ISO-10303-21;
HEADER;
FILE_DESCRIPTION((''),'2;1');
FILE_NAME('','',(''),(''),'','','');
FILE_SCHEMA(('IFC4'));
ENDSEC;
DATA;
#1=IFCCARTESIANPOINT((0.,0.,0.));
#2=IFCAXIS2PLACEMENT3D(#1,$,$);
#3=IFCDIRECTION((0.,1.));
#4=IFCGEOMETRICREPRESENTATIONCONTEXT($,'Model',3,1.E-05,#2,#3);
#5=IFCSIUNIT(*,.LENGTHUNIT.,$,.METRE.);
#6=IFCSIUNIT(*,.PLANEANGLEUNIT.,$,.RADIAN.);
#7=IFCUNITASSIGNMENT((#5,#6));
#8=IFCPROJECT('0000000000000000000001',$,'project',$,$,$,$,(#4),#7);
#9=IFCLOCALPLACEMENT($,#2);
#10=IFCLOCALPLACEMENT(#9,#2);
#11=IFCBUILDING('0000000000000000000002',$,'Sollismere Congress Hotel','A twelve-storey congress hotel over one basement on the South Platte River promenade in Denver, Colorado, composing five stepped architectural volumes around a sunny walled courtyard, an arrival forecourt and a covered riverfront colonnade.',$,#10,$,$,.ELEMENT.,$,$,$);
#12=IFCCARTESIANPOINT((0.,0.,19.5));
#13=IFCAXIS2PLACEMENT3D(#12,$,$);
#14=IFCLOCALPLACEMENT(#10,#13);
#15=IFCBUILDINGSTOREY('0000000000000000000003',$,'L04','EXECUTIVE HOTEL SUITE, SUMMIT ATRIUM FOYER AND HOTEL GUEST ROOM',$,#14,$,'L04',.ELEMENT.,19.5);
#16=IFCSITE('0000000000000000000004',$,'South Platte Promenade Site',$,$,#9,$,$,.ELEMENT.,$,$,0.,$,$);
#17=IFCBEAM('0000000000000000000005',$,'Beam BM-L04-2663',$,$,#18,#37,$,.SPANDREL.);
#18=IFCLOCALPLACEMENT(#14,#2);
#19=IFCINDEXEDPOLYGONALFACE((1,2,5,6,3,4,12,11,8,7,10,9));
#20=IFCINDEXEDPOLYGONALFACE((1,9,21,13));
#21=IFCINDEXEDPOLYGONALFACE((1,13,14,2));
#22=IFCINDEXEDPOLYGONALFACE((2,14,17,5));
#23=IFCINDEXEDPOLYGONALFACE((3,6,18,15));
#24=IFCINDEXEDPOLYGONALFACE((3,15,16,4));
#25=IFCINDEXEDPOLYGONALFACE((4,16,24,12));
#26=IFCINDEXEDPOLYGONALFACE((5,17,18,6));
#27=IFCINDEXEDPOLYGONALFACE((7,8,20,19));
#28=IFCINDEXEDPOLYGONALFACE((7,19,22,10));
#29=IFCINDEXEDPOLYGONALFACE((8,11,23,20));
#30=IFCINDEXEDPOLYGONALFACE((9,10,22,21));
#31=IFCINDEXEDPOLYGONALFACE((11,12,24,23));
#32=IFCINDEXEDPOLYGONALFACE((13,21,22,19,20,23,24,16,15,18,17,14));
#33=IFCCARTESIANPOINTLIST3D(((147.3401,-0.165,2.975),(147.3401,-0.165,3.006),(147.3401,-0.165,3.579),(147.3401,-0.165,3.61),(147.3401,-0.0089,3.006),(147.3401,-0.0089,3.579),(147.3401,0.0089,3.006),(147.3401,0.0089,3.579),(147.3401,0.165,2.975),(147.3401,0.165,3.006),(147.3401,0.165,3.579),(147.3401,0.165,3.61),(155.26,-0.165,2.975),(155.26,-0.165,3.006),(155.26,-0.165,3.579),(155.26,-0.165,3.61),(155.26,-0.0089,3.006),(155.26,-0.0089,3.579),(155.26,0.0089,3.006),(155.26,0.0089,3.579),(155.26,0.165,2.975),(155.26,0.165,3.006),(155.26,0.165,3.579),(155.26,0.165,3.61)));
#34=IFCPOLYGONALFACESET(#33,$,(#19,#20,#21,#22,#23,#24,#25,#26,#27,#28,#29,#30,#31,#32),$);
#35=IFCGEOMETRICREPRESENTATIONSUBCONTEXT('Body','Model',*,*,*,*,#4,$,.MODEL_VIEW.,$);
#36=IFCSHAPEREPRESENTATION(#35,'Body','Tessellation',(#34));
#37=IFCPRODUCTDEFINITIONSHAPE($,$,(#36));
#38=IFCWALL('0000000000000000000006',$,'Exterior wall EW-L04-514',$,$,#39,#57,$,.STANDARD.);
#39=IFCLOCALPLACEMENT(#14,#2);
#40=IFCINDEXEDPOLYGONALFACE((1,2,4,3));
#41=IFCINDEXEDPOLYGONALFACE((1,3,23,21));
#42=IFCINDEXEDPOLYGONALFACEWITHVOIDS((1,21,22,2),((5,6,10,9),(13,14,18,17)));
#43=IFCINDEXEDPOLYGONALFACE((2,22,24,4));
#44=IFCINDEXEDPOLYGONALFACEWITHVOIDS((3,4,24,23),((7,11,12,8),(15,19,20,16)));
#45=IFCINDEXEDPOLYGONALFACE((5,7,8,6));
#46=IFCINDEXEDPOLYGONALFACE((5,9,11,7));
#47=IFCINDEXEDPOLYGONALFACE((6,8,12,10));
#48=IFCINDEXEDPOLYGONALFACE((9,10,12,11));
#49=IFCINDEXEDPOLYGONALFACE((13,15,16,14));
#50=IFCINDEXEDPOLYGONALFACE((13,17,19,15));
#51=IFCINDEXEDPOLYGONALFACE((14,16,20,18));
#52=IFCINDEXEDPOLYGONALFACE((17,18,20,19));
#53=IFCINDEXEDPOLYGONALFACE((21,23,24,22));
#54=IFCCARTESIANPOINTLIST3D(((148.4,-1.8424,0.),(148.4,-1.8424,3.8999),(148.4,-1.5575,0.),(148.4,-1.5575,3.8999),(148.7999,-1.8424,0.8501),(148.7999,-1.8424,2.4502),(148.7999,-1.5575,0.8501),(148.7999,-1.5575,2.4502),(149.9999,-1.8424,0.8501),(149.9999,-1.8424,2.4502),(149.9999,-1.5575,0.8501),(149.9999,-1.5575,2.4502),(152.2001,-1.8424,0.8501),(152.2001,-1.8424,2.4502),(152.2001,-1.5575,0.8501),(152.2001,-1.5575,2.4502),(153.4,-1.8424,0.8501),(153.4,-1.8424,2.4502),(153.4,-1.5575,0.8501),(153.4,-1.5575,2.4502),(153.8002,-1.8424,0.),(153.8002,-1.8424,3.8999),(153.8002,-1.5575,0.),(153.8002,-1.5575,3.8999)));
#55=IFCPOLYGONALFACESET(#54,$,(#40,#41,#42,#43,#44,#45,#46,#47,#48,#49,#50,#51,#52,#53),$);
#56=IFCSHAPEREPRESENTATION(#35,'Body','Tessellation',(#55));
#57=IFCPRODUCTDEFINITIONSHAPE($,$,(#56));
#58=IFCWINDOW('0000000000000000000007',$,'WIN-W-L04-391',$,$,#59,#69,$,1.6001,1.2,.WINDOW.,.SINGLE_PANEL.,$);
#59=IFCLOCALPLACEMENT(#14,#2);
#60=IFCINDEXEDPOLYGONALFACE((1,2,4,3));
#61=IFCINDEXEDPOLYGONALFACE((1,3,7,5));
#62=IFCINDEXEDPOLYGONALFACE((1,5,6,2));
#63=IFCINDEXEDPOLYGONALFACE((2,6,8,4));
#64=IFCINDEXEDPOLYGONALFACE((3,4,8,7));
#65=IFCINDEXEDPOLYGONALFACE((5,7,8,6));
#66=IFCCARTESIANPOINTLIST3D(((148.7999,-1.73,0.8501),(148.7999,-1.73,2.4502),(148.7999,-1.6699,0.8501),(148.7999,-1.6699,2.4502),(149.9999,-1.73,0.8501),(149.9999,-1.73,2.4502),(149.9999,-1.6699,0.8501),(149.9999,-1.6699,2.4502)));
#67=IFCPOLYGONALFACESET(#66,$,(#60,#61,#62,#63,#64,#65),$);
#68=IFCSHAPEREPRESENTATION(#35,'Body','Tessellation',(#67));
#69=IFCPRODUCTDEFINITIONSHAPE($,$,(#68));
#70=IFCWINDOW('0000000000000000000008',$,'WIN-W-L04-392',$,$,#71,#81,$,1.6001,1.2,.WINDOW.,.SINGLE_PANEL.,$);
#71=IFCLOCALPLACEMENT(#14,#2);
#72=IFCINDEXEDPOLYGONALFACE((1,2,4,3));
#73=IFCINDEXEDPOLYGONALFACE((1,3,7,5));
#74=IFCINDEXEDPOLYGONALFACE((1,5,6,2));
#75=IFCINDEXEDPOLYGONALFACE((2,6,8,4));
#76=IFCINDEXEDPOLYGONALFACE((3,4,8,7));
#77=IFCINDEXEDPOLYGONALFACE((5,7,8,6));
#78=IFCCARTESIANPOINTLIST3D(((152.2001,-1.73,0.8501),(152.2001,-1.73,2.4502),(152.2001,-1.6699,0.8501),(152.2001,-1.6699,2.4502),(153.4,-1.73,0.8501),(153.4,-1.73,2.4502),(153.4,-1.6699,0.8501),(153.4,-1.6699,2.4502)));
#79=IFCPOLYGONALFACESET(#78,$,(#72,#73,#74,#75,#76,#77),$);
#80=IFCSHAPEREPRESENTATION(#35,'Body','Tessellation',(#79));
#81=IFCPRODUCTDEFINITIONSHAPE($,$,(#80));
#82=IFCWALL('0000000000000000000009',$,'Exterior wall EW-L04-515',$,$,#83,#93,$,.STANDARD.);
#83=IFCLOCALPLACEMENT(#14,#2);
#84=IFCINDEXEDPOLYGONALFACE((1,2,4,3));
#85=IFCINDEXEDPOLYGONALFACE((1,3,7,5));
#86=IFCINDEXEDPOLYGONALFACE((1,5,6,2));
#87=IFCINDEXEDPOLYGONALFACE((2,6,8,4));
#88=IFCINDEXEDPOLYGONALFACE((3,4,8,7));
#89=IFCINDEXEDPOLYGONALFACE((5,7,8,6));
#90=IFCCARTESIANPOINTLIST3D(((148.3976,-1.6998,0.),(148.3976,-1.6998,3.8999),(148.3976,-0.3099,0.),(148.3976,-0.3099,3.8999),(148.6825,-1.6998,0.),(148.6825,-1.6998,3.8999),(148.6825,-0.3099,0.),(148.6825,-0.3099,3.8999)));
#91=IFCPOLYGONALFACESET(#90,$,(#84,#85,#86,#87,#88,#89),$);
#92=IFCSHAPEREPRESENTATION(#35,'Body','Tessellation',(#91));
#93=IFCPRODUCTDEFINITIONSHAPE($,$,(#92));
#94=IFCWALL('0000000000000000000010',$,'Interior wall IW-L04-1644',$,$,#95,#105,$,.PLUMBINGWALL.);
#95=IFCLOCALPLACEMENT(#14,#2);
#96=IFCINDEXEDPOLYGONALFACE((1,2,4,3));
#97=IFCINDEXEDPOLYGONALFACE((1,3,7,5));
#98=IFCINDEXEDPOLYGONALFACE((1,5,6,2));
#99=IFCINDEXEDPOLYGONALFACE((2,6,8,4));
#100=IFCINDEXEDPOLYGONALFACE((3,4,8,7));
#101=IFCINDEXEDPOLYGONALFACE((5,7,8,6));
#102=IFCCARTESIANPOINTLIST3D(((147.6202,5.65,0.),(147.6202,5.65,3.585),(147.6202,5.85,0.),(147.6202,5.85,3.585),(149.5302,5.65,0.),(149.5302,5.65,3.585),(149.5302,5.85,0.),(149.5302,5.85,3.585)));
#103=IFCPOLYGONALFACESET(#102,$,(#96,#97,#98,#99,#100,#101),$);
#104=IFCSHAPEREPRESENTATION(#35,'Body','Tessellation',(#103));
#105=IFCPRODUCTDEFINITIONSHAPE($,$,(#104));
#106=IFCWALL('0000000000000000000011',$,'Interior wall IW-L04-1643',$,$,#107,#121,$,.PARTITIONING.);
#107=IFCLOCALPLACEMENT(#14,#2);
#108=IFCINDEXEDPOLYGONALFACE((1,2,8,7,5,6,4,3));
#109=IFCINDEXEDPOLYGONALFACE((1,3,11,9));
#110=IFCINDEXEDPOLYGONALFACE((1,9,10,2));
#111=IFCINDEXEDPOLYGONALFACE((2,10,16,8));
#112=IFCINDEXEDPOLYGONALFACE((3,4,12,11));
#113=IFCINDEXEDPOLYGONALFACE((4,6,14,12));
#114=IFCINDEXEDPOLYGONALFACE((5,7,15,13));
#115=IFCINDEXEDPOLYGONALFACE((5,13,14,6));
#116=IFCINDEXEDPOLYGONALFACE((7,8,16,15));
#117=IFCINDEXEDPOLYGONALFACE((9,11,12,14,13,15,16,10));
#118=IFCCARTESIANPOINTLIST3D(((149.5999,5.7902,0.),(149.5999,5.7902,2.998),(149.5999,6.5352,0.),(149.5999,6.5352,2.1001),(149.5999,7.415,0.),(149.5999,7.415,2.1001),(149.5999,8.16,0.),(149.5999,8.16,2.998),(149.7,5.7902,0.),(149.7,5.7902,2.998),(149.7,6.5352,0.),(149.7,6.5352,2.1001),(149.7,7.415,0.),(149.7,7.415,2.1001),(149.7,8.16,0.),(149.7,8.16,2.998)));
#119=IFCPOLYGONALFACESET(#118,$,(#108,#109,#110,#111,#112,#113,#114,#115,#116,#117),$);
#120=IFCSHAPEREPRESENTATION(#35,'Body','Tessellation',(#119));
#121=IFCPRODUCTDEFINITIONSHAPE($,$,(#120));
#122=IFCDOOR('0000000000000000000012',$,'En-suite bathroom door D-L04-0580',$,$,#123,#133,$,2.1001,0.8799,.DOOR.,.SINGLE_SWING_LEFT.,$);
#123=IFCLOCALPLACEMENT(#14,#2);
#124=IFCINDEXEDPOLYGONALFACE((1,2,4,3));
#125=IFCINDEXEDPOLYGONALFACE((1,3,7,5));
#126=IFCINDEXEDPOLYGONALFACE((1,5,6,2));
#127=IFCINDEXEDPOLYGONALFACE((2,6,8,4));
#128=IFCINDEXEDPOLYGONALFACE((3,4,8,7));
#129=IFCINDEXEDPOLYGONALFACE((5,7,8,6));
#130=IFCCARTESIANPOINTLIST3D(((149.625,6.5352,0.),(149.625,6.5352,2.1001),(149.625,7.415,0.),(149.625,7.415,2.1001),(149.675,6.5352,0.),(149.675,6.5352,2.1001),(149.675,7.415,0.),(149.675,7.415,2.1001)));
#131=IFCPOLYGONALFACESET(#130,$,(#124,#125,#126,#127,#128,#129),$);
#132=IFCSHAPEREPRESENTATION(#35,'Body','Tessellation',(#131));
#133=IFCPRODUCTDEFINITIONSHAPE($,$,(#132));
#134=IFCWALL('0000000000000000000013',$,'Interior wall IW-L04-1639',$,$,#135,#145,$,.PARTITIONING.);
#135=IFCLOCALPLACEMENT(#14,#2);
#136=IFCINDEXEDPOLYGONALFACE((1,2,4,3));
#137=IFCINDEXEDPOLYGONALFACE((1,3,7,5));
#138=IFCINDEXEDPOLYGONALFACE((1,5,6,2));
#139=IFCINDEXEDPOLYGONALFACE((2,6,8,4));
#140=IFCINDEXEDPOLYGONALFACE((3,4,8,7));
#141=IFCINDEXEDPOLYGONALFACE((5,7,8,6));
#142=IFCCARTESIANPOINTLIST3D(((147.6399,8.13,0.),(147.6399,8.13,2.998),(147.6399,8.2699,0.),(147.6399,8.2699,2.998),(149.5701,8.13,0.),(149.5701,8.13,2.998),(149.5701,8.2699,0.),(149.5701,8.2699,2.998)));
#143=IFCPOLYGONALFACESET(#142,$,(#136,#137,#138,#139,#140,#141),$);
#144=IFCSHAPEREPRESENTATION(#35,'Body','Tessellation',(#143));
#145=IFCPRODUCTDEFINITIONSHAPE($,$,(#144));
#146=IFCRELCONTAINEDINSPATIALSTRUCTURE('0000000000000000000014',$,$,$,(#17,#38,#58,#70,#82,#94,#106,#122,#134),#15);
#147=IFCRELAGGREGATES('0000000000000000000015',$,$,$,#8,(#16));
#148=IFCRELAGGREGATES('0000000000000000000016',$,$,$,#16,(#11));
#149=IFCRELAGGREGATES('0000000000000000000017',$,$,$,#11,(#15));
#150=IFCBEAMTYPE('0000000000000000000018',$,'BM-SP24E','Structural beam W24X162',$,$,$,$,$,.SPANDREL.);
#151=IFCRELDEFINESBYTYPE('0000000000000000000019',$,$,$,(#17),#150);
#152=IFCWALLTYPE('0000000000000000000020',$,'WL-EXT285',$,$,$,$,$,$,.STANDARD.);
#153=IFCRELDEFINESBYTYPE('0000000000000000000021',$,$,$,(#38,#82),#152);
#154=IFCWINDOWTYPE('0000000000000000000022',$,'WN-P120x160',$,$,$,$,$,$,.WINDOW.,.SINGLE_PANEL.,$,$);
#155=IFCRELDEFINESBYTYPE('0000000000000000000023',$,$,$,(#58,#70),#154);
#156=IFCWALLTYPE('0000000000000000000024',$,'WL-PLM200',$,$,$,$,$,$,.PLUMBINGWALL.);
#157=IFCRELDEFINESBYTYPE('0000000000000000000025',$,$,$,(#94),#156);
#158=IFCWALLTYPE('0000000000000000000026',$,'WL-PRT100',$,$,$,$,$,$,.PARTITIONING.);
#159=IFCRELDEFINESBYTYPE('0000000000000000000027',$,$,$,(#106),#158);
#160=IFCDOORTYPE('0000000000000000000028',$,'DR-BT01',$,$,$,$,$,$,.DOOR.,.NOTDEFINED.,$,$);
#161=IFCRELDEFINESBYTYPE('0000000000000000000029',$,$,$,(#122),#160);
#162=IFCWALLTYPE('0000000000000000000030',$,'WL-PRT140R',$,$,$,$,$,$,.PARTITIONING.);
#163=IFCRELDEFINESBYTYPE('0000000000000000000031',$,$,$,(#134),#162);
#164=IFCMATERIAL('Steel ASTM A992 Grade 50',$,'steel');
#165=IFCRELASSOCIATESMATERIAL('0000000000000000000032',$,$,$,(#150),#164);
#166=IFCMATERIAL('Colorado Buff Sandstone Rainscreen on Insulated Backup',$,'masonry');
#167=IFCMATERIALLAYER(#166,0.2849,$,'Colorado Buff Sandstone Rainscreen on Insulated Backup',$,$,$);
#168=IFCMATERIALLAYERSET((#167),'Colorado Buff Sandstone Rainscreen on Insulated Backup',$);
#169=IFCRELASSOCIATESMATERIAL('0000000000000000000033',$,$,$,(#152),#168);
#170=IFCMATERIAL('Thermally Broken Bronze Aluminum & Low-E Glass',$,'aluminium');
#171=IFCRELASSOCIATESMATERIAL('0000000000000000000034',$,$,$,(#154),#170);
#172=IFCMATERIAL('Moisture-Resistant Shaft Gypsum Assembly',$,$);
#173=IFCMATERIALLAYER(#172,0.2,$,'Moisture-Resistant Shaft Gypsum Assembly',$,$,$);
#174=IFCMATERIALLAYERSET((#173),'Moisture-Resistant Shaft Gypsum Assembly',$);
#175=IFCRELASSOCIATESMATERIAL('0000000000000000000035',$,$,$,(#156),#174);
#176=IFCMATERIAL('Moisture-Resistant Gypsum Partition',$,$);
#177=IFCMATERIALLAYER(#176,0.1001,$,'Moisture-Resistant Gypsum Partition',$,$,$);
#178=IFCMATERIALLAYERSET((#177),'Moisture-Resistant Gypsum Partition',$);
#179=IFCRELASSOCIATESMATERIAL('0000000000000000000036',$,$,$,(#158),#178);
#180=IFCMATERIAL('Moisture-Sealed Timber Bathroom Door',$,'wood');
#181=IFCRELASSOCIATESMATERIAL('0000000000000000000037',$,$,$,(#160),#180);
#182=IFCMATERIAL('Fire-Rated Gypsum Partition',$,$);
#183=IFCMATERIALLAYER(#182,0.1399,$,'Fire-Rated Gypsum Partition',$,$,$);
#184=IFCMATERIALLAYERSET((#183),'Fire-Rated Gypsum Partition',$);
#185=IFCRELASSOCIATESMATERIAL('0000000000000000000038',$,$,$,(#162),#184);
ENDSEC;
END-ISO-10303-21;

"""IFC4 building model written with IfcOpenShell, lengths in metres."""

from ifc_helpers import new_model, si_unit, direction, frame, frame_2d, origin, origin_2d, place, context, subcontext, project, spatial, rectangle, i_section, extrude, material, layer, layer_set, material_profile, profile_set, type_object, element, fill, save


model = new_model("IFC4")

# Units and contexts
model_context = context("Model", 3, precision=1e-05, world=origin(), true_north=direction((0.0, 1.0)))
body_context = subcontext(model_context, "Body", "Model", "MODEL_VIEW")
ifc_project = project(units=[si_unit("LENGTHUNIT", "METRE"), si_unit("PLANEANGLEUNIT", "RADIAN")], contexts=[model_context])

# Site, building, storey
site_placement = place(None, origin())
site = spatial("IfcSite", under=ifc_project, at=site_placement, Name="South Platte Promenade Site", CompositionType="ELEMENT", RefElevation=0.0)
building_placement = place(site_placement, origin())
building = spatial("IfcBuilding", under=site, at=building_placement, Name="Sollismere Congress Hotel", Description="A twelve-storey congress hotel over one basement on the South Platte River promenade in Denver, Colorado, composing five stepped architectural volumes around a sunny walled courtyard, an arrival forecourt and a covered riverfront colonnade.", CompositionType="ELEMENT")
storey_placement = place(building_placement, frame((0.0, 0.0, 19.5)))
storey = spatial("IfcBuildingStorey", under=building, at=storey_placement, Name="L04", Description="EXECUTIVE HOTEL SUITE, SUMMIT ATRIUM FOYER AND HOTEL GUEST ROOM", LongName="L04", CompositionType="ELEMENT", Elevation=19.5)

# Shared definitions
ifc_material_1 = material(Name="Steel ASTM A992 Grade 50", Category="steel")

# Beam
ifc_material_profile_1 = material_profile(ifc_material_1, i_section(OverallWidth=0.3301, OverallDepth=0.635, WebThickness=0.0178, FlangeThickness=0.031, at=origin_2d()), Name="W24X162")
ifc_profile_set_1 = profile_set([ifc_material_profile_1], Name="Steel ASTM A992 Grade 50")
beam_type_1 = type_object("IfcBeamType", Name="BM-SP24E", Description="Structural beam W24X162", PredefinedType="SPANDREL", material=ifc_profile_set_1)
beam_1_placement = place(storey_placement, frame((147.3401, 0.0, 3.2925), z_axis=(1.0, 0.0, 0.0), x_axis=(0.0, 1.0, 0.0)))
element("IfcBeam", 1, at=beam_1_placement, inside=storey, type_object=beam_type_1, Name="Beam BM-L04-2663", PredefinedType="SPANDREL", context=body_context, shape_type="SweptSolid", body=[
    extrude(i_section(OverallWidth=0.3301, OverallDepth=0.635, WebThickness=0.0178, FlangeThickness=0.031, at=origin_2d()), origin(), (0.0, 0.0, 1.0), 7.9199),
])

# Wall, openings, windows
ifc_material_2 = material(Name="Colorado Buff Sandstone Rainscreen on Insulated Backup", Category="masonry")
ifc_layer_1 = layer(ifc_material_2, 0.2849, Name="Colorado Buff Sandstone Rainscreen on Insulated Backup")
ifc_layer_set_1 = layer_set([ifc_layer_1], Name="Colorado Buff Sandstone Rainscreen on Insulated Backup")
wall_type_1 = type_object("IfcWallType", Name="WL-EXT285", PredefinedType="STANDARD", material=ifc_layer_set_1)
wall_1_placement = place(storey_placement, frame((148.3999, -1.7, 0.0), z_axis=(0.0, 0.0, 1.0), x_axis=(1.0, 0.0, 0.0)))
wall_1 = element("IfcWall", 2, at=wall_1_placement, inside=storey, type_object=wall_type_1, Name="Exterior wall EW-L04-514", PredefinedType="STANDARD", context=body_context, shape_type="SweptSolid", body=[
    extrude(rectangle(XDim=5.4001, YDim=0.2849, at=frame_2d((2.7002, 0.0))), origin(), (0.0, 0.0, 1.0), 3.8999),
])
opening_1_placement = place(wall_1_placement, frame((0.3999, 0.0, 0.8501)))
opening_1 = element("IfcOpeningElement", 3, at=opening_1_placement, cuts=wall_1, PredefinedType="OPENING", context=body_context, shape_type="SweptSolid", body=[
    extrude(rectangle(XDim=1.2, YDim=1.6001, at=frame_2d((0.6001, 0.8))), frame((0.0, 0.1523, 0.0), z_axis=(0.0, -1.0, 0.0), x_axis=(1.0, 0.0, 0.0)), (0.0, 0.0, 1.0), 0.3049),
])
opening_2_placement = place(wall_1_placement, frame((3.8, 0.0, 0.8501)))
opening_2 = element("IfcOpeningElement", 4, at=opening_2_placement, cuts=wall_1, PredefinedType="OPENING", context=body_context, shape_type="SweptSolid", body=[
    extrude(rectangle(XDim=1.2, YDim=1.6001, at=frame_2d((0.6001, 0.8))), frame((0.0, 0.1523, 0.0), z_axis=(0.0, -1.0, 0.0), x_axis=(1.0, 0.0, 0.0)), (0.0, 0.0, 1.0), 0.3049),
])
ifc_material_3 = material(Name="Thermally Broken Bronze Aluminum & Low-E Glass", Category="aluminium")
window_type = type_object("IfcWindowType", Name="WN-P120x160", PartitioningType="SINGLE_PANEL", PredefinedType="WINDOW", material=ifc_material_3)
window_1_placement = place(opening_1_placement, origin())
window_1 = element("IfcWindow", 5, at=window_1_placement, inside=storey, type_object=window_type, Name="WIN-W-L04-391", OverallHeight=1.6001, OverallWidth=1.2, PartitioningType="SINGLE_PANEL", PredefinedType="WINDOW", context=body_context, shape_type="SweptSolid", body=[
    extrude(rectangle(XDim=1.2, YDim=1.6001, at=frame_2d((0.6001, 0.8))), frame((0.0, 0.03, 0.0), z_axis=(0.0, -1.0, 0.0), x_axis=(1.0, 0.0, 0.0)), (0.0, 0.0, 1.0), 0.0601),
])
fill(opening_1, window_1)
window_2_placement = place(opening_2_placement, origin())
window_2 = element("IfcWindow", 6, at=window_2_placement, inside=storey, type_object=window_type, Name="WIN-W-L04-392", OverallHeight=1.6001, OverallWidth=1.2, PartitioningType="SINGLE_PANEL", PredefinedType="WINDOW", context=body_context, shape_type="SweptSolid", body=[
    extrude(rectangle(XDim=1.2, YDim=1.6001, at=frame_2d((0.6001, 0.8))), frame((0.0, 0.03, 0.0), z_axis=(0.0, -1.0, 0.0), x_axis=(1.0, 0.0, 0.0)), (0.0, 0.0, 1.0), 0.0601),
])
fill(opening_2, window_2)

# Walls
wall_2_placement = place(storey_placement, frame((148.54, -0.3101, 0.0), z_axis=(0.0, 0.0, 1.0), x_axis=(0.0, -1.0, 0.0)))
element("IfcWall", 7, at=wall_2_placement, inside=storey, type_object=wall_type_1, Name="Exterior wall EW-L04-515", PredefinedType="STANDARD", context=body_context, shape_type="SweptSolid", body=[
    extrude(rectangle(XDim=1.3899, YDim=0.2849, at=frame_2d((0.6948, 0.0))), origin(), (0.0, 0.0, 1.0), 3.8999),
])
ifc_material_4 = material(Name="Moisture-Resistant Shaft Gypsum Assembly")
ifc_layer_2 = layer(ifc_material_4, 0.2, Name="Moisture-Resistant Shaft Gypsum Assembly")
ifc_layer_set_2 = layer_set([ifc_layer_2], Name="Moisture-Resistant Shaft Gypsum Assembly")
wall_type_2 = type_object("IfcWallType", Name="WL-PLM200", PredefinedType="PLUMBINGWALL", material=ifc_layer_set_2)
wall_3_placement = place(storey_placement, frame((147.6201, 5.75, 0.0), z_axis=(0.0, 0.0, 1.0), x_axis=(1.0, 0.0, 0.0)))
element("IfcWall", 8, at=wall_3_placement, inside=storey, type_object=wall_type_2, Name="Interior wall IW-L04-1644", PredefinedType="PLUMBINGWALL", context=body_context, shape_type="SweptSolid", body=[
    extrude(rectangle(XDim=1.9099, YDim=0.2, at=frame_2d((0.9551, 0.0))), origin(), (0.0, 0.0, 1.0), 3.585),
])

# Wall, opening, door
ifc_material_5 = material(Name="Moisture-Resistant Gypsum Partition")
ifc_layer_3 = layer(ifc_material_5, 0.1001, Name="Moisture-Resistant Gypsum Partition")
ifc_layer_set_3 = layer_set([ifc_layer_3], Name="Moisture-Resistant Gypsum Partition")
wall_type_3 = type_object("IfcWallType", Name="WL-PRT100", PredefinedType="PARTITIONING", material=ifc_layer_set_3)
wall_4_placement = place(storey_placement, frame((149.6499, 5.79, 0.0), z_axis=(0.0, 0.0, 1.0), x_axis=(0.0, 1.0, 0.0)))
wall_4 = element("IfcWall", 9, at=wall_4_placement, inside=storey, type_object=wall_type_3, Name="Interior wall IW-L04-1643", PredefinedType="PARTITIONING", context=body_context, shape_type="SweptSolid", body=[
    extrude(rectangle(XDim=2.3699, YDim=0.1001, at=frame_2d((1.1851, 0.0))), origin(), (0.0, 0.0, 1.0), 2.998),
])
opening_3_placement = place(wall_4_placement, frame((0.7451, 0.0, 0.0)))
opening_3 = element("IfcOpeningElement", 10, at=opening_3_placement, cuts=wall_4, PredefinedType="OPENING", context=body_context, shape_type="SweptSolid", body=[
    extrude(rectangle(XDim=0.8799, YDim=2.1001, at=frame_2d((0.4399, 1.05))), frame((0.0, 0.0601, 0.0), z_axis=(0.0, -1.0, 0.0), x_axis=(1.0, 0.0, 0.0)), (0.0, 0.0, 1.0), 0.1201),
])
ifc_material_6 = material(Name="Moisture-Sealed Timber Bathroom Door", Category="wood")
door_type_1 = type_object("IfcDoorType", Name="DR-BT01", OperationType="NOTDEFINED", PredefinedType="DOOR", material=ifc_material_6)
door_1_placement = place(opening_3_placement, origin())
door_1 = element("IfcDoor", 11, at=door_1_placement, inside=storey, type_object=door_type_1, Name="En-suite bathroom door D-L04-0580", OperationType="SINGLE_SWING_LEFT", OverallHeight=2.1001, OverallWidth=0.8799, PredefinedType="DOOR", context=body_context, shape_type="SweptSolid", body=[
    extrude(rectangle(XDim=0.8799, YDim=2.1001, at=frame_2d((0.4399, 1.05))), frame((0.0, 0.0249, 0.0), z_axis=(0.0, -1.0, 0.0), x_axis=(1.0, 0.0, 0.0)), (0.0, 0.0, 1.0), 0.05),
])
fill(opening_3, door_1)

# Wall
ifc_material_7 = material(Name="Fire-Rated Gypsum Partition")
ifc_layer_4 = layer(ifc_material_7, 0.1399, Name="Fire-Rated Gypsum Partition")
ifc_layer_set_4 = layer_set([ifc_layer_4], Name="Fire-Rated Gypsum Partition")
wall_type_4 = type_object("IfcWallType", Name="WL-PRT140R", PredefinedType="PARTITIONING", material=ifc_layer_set_4)
wall_5_placement = place(storey_placement, frame((147.6399, 8.2, 0.0), z_axis=(0.0, 0.0, 1.0), x_axis=(1.0, 0.0, 0.0)))
element("IfcWall", 12, at=wall_5_placement, inside=storey, type_object=wall_type_4, Name="Interior wall IW-L04-1639", PredefinedType="PARTITIONING", context=body_context, shape_type="SweptSolid", body=[
    extrude(rectangle(XDim=1.9302, YDim=0.1399, at=frame_2d((0.9651, 0.0))), origin(), (0.0, 0.0, 1.0), 2.998),
])

save(model, "model.ifc")
